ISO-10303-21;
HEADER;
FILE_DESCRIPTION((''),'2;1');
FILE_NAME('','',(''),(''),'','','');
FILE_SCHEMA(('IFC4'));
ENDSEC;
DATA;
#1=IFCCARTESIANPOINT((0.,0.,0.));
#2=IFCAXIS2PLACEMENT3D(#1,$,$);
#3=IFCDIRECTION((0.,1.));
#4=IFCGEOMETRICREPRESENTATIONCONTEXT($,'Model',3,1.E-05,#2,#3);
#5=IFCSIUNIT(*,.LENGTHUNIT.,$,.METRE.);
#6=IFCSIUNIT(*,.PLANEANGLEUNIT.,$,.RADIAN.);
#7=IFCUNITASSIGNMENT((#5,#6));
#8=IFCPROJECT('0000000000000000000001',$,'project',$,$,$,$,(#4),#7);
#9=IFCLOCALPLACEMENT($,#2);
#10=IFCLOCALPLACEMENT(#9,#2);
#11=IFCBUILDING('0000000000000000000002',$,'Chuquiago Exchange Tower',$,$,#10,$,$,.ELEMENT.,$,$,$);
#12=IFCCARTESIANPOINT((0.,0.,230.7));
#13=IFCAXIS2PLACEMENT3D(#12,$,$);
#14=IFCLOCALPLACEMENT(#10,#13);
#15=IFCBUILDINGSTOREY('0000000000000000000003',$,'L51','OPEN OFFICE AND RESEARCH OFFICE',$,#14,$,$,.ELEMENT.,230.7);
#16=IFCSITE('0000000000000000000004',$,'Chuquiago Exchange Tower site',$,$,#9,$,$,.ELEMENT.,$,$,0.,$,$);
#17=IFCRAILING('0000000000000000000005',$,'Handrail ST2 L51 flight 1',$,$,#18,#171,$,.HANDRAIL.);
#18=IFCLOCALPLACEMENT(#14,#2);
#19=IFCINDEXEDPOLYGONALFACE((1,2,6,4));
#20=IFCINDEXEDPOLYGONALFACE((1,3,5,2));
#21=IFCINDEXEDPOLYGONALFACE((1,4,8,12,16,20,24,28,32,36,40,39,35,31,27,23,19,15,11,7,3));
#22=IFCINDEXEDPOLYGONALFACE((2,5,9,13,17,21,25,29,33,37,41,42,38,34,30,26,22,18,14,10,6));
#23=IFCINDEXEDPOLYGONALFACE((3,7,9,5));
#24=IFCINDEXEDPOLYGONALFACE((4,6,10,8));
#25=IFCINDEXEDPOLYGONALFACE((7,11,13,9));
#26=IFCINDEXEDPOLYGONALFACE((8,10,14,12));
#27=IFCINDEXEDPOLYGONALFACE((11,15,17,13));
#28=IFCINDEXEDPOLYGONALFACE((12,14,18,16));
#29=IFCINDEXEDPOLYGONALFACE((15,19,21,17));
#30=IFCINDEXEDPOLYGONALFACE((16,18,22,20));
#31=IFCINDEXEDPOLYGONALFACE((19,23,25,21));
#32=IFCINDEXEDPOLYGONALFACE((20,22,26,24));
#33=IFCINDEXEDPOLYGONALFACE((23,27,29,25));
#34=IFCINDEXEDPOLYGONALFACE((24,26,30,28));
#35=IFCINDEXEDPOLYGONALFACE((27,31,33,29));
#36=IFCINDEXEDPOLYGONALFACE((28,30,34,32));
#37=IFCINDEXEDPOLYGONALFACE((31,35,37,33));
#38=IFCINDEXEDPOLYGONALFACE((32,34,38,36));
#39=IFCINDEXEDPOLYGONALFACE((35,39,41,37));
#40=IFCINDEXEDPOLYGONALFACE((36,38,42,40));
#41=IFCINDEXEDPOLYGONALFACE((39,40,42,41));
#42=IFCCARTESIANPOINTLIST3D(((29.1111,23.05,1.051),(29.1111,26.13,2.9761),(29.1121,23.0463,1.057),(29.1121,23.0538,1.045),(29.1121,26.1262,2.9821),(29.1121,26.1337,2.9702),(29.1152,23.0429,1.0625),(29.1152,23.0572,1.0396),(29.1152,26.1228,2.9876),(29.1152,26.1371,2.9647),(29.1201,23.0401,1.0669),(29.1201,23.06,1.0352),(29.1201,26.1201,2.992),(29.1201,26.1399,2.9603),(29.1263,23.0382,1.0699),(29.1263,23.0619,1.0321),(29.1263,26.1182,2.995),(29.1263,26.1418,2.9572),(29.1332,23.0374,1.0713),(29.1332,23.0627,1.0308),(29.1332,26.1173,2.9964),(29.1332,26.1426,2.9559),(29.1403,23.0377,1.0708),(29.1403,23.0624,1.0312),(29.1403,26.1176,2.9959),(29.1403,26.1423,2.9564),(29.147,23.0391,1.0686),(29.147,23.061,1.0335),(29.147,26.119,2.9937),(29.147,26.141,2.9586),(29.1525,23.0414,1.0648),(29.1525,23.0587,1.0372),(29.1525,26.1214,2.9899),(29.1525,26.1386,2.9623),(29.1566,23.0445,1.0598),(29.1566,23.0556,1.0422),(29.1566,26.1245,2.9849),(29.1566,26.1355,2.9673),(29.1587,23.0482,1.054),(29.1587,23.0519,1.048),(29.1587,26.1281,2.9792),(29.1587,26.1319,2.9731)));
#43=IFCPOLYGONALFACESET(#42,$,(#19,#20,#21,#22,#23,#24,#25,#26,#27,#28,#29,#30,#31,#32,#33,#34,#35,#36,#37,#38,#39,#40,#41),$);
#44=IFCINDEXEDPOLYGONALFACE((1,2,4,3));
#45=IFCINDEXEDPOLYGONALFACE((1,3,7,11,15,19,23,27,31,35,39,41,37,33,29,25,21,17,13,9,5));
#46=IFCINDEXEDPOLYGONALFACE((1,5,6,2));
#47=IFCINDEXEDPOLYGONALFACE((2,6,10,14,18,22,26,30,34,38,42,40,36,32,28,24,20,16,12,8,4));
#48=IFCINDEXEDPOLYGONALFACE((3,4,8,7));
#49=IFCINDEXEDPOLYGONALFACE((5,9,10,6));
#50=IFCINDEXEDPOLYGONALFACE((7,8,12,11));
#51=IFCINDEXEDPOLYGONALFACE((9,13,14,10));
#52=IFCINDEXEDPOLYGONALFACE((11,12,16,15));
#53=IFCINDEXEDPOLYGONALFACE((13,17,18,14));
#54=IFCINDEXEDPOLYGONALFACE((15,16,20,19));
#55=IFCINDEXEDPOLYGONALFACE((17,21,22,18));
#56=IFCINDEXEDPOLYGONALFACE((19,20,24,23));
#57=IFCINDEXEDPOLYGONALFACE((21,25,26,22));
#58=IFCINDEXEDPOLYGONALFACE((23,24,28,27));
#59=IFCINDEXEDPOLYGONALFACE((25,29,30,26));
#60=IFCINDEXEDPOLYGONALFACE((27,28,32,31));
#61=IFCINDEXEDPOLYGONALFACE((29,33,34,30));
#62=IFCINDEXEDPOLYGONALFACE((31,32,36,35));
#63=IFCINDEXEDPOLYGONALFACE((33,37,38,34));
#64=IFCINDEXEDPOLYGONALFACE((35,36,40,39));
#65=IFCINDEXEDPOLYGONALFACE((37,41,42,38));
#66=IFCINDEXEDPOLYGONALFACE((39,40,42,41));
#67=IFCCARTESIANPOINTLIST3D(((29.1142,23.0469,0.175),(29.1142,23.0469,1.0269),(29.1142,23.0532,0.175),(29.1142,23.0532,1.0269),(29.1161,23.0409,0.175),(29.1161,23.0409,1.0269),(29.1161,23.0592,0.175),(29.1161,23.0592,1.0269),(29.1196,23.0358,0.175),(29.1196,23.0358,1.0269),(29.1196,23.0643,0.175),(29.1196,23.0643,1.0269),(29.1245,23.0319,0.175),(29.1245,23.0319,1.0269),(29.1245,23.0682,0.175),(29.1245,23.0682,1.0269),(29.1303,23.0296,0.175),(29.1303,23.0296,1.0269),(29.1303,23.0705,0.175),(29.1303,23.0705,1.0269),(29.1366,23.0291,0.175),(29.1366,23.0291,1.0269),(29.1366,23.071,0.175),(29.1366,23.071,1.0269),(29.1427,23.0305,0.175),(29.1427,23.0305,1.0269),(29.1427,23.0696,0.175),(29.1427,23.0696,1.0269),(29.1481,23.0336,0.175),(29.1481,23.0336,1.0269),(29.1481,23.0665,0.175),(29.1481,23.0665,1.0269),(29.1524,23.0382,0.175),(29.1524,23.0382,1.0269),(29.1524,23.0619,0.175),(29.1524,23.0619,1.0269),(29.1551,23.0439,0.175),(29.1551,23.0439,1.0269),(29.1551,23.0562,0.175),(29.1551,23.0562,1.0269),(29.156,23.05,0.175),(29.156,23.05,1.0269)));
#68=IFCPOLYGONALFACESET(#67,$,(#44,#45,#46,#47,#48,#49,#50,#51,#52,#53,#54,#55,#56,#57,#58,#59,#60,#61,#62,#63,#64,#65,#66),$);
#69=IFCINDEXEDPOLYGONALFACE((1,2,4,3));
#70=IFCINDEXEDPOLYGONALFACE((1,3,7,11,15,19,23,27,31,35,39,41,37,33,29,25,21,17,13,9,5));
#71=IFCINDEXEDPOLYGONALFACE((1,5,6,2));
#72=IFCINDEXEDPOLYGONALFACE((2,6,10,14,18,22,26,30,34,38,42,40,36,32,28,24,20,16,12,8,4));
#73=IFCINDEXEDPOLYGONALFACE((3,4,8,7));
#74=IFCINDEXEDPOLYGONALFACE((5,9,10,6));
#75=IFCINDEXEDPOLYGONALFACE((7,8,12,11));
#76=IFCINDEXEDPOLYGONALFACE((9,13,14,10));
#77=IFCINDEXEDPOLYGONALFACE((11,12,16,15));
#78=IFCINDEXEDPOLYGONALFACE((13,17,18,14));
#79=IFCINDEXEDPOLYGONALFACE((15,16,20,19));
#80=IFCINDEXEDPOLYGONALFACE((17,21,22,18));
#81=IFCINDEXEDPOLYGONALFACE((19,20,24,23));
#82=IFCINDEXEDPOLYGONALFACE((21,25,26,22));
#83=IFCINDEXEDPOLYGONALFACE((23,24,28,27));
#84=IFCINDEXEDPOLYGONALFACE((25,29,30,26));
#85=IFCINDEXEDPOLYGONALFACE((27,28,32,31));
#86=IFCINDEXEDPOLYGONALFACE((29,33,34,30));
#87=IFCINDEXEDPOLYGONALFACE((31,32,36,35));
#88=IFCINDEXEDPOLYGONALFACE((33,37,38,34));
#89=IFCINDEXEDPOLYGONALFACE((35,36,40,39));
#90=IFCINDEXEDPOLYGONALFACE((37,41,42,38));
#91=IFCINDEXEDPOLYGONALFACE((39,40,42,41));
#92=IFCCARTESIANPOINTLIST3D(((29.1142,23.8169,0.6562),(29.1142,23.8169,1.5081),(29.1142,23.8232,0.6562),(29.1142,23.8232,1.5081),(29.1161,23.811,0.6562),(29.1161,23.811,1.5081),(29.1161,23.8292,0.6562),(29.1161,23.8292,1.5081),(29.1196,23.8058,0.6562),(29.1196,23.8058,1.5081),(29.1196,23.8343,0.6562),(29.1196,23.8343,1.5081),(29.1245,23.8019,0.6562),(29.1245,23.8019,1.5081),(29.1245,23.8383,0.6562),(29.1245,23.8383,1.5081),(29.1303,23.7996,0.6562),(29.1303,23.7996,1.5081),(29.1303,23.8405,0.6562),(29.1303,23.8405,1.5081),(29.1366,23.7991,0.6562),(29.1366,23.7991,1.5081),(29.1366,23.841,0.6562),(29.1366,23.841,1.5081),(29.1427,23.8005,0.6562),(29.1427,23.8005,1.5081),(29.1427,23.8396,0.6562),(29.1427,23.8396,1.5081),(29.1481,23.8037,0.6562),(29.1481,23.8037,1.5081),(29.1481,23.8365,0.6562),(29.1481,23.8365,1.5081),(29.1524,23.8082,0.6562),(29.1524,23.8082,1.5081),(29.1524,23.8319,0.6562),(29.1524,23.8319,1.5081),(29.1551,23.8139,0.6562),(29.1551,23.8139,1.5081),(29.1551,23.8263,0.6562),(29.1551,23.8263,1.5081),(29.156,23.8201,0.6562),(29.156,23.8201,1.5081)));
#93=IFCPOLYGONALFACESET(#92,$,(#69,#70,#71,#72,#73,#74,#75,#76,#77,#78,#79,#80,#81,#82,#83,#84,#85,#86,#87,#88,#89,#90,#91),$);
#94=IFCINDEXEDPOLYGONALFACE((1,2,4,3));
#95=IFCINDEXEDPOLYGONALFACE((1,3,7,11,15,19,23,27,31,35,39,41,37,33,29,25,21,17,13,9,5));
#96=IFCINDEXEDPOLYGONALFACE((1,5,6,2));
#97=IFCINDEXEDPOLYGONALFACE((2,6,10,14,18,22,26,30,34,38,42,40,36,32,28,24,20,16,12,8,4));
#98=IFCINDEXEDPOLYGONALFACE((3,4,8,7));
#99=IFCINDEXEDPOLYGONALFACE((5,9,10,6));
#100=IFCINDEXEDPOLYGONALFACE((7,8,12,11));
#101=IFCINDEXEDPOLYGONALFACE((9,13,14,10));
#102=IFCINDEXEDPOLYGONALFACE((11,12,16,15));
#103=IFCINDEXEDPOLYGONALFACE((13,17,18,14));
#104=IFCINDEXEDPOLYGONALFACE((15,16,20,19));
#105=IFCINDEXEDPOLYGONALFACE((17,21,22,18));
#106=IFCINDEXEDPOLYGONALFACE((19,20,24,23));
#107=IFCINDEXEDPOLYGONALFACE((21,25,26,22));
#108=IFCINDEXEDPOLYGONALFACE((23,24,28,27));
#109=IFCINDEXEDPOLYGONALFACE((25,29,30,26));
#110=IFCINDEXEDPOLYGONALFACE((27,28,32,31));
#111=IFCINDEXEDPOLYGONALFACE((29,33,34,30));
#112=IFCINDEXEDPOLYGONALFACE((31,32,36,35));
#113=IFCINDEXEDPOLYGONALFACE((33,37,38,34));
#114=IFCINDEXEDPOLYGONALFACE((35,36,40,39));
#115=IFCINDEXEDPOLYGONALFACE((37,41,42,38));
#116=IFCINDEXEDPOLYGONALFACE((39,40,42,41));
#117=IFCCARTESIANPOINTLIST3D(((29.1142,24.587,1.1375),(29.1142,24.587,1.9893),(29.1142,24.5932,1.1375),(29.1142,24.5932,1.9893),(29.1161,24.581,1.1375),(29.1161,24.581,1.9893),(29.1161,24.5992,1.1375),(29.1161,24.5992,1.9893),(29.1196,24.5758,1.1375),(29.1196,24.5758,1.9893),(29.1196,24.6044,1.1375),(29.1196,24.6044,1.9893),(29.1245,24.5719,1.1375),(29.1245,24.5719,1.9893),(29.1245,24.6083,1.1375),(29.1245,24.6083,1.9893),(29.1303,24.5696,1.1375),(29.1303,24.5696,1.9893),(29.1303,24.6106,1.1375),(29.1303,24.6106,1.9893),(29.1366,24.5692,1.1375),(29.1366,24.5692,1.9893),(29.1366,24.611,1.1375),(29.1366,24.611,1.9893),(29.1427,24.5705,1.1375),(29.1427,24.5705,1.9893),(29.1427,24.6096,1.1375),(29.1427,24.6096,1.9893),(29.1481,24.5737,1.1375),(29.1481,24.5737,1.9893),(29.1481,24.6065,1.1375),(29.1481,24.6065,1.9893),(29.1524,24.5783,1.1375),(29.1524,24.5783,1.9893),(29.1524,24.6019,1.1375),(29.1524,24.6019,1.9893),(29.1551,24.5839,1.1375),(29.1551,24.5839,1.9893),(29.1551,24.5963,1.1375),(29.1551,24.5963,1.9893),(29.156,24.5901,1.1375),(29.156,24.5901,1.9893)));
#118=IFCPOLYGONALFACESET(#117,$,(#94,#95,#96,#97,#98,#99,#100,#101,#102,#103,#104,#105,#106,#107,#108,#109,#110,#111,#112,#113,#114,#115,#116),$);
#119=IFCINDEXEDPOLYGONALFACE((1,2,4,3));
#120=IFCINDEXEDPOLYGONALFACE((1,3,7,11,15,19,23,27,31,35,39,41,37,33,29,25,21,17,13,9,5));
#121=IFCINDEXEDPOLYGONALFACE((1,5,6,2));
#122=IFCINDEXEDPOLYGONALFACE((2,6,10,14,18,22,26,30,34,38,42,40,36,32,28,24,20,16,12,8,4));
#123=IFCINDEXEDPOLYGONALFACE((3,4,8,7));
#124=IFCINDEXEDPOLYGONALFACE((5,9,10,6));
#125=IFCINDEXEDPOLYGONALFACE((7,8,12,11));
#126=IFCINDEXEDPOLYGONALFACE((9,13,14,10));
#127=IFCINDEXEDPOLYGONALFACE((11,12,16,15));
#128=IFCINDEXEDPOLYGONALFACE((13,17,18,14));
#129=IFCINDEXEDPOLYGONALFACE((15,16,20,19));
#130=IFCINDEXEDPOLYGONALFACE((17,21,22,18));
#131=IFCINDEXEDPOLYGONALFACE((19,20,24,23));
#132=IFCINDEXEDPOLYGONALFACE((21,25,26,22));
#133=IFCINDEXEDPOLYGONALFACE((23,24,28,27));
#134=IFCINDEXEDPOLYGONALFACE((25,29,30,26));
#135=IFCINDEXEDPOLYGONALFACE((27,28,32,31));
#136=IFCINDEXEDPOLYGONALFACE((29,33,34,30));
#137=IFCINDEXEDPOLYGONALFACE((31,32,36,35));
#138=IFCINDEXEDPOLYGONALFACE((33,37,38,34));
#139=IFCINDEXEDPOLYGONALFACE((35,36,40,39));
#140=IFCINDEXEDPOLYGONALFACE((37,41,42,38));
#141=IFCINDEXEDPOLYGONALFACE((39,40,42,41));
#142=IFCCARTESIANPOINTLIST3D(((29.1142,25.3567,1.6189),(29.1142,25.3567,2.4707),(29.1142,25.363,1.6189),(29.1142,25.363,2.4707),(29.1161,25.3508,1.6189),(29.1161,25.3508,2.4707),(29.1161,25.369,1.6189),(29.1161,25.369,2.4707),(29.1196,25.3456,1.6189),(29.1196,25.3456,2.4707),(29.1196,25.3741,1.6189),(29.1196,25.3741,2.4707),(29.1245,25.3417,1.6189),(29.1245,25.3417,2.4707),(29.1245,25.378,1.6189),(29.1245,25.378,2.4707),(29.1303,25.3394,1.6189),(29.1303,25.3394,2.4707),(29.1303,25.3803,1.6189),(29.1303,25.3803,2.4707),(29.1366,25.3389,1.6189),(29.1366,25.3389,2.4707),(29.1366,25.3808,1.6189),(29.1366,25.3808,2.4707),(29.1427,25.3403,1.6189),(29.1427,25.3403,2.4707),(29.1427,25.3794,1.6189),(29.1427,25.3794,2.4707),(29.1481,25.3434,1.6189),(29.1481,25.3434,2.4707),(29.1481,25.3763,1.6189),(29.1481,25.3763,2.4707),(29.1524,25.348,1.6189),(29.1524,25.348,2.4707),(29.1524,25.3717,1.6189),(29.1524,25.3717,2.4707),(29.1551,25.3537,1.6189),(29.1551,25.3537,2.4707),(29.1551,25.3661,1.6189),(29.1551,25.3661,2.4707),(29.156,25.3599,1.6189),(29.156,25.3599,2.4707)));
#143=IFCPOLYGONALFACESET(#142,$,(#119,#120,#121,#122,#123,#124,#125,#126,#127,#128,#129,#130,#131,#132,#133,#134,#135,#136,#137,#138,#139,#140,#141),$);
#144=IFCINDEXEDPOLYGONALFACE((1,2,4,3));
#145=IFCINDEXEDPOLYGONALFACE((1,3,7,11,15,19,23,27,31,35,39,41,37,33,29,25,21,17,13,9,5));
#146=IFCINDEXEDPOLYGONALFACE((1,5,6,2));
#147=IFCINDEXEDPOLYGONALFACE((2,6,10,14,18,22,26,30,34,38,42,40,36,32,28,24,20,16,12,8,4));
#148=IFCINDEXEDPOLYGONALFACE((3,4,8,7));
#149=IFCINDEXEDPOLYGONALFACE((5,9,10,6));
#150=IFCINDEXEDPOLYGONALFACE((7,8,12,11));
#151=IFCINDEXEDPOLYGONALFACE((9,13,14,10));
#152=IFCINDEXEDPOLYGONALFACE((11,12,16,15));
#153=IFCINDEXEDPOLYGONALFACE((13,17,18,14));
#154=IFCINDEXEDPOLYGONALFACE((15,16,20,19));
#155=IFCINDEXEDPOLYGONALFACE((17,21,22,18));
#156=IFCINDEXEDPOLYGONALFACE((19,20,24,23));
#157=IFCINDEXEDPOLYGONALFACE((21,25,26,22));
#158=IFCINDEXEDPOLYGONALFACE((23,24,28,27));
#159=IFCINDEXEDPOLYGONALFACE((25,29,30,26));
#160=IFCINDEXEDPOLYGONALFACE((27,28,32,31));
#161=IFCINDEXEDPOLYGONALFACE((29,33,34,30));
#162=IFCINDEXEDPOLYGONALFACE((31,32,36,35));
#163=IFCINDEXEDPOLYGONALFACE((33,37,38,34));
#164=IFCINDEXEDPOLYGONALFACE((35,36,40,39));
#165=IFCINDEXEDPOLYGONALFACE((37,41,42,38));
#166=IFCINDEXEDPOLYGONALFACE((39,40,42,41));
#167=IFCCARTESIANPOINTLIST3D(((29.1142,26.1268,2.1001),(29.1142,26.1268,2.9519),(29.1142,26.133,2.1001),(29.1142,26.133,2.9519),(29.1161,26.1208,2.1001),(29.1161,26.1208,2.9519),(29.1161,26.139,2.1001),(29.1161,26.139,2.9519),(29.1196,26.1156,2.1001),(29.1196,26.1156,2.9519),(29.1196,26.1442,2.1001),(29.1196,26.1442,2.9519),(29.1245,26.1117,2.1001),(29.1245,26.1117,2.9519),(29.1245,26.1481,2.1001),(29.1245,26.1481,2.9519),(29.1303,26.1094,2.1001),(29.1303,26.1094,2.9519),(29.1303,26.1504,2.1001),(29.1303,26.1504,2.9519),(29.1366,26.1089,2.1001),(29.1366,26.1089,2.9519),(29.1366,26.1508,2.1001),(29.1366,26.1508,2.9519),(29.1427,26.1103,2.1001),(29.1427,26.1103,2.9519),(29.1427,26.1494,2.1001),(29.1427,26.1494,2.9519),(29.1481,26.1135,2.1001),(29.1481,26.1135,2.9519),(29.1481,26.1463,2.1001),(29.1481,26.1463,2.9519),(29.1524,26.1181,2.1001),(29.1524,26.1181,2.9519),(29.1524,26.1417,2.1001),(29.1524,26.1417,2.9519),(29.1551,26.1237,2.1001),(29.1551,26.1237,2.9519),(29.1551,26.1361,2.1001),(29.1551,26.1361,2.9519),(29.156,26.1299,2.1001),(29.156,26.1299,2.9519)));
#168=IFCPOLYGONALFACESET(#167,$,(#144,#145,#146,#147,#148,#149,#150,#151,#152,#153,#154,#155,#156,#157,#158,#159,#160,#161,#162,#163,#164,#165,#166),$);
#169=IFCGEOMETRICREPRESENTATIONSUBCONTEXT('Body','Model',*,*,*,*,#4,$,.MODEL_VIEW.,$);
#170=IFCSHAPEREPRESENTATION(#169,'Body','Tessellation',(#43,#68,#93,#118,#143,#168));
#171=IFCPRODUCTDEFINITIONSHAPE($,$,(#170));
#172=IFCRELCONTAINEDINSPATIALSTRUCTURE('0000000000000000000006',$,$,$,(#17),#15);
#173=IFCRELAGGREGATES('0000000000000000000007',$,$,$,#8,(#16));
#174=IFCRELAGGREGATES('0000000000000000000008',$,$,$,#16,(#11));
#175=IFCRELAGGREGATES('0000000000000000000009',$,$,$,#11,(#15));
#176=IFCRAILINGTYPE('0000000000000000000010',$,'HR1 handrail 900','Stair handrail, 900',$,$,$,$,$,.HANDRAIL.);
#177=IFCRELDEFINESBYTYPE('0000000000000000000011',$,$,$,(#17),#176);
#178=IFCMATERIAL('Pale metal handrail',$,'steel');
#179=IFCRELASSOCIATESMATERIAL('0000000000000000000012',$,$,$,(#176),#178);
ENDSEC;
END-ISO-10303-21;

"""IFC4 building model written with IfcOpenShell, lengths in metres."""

from ifc_helpers import new_model, si_unit, direction, frame, origin, origin_2d, place, context, subcontext, project, spatial, circle, extrude, material, type_object, element, save


model = new_model("IFC4")

# Units and contexts
model_context = context("Model", 3, precision=1e-05, world=origin(), true_north=direction((0.0, 1.0)))
body_context = subcontext(model_context, "Body", "Model", "MODEL_VIEW")
ifc_project = project(units=[si_unit("LENGTHUNIT", "METRE"), si_unit("PLANEANGLEUNIT", "RADIAN")], contexts=[model_context])

# Site, building, storey
site_placement = place(None, origin())
site = spatial("IfcSite", under=ifc_project, at=site_placement, Name="Chuquiago Exchange Tower site", CompositionType="ELEMENT", RefElevation=0.0)
building_placement = place(site_placement, origin())
building = spatial("IfcBuilding", under=site, at=building_placement, Name="Chuquiago Exchange Tower", CompositionType="ELEMENT")
storey_placement = place(building_placement, frame((0.0, 0.0, 230.7)))
storey = spatial("IfcBuildingStorey", under=building, at=storey_placement, Name="L51", Description="OPEN OFFICE AND RESEARCH OFFICE", CompositionType="ELEMENT", Elevation=230.7)

# Railing
ifc_material_1 = material(Name="Pale metal handrail", Category="steel")
railing_type_1 = type_object("IfcRailingType", Name="HR1 handrail 900", Description="Stair handrail, 900", PredefinedType="HANDRAIL", material=ifc_material_1)
railing_1_placement = place(storey_placement, frame((29.135, 23.05, 0.175)))
element("IfcRailing", 1, at=railing_1_placement, inside=storey, type_object=railing_type_1, Name="Handrail ST2 L51 flight 1", PredefinedType="HANDRAIL", context=body_context, shape_type="SweptSolid", body=[
    extrude(circle(Radius=0.0239, at=origin_2d()), frame((0.0, 0.0, 0.876), z_axis=(0.0, 0.847979, 0.530029), x_axis=(-1.0, 0.0, 0.0)), (0.0, 0.0, 1.0), 3.6321),
    extrude(circle(Radius=0.021, at=origin_2d()), origin(), (0.0, 0.0, 1.0), 0.8518),
    extrude(circle(Radius=0.021, at=origin_2d()), frame((0.0, 0.77, 0.4812)), (0.0, 0.0, 1.0), 0.8518),
    extrude(circle(Radius=0.021, at=origin_2d()), frame((0.0, 1.54, 0.9624)), (0.0, 0.0, 1.0), 0.8518),
    extrude(circle(Radius=0.021, at=origin_2d()), frame((0.0, 2.3098, 1.4438)), (0.0, 0.0, 1.0), 0.8518),
    extrude(circle(Radius=0.021, at=origin_2d()), frame((0.0, 3.0798, 1.925)), (0.0, 0.0, 1.0), 0.8518),
])

save(model, "model.ifc")
